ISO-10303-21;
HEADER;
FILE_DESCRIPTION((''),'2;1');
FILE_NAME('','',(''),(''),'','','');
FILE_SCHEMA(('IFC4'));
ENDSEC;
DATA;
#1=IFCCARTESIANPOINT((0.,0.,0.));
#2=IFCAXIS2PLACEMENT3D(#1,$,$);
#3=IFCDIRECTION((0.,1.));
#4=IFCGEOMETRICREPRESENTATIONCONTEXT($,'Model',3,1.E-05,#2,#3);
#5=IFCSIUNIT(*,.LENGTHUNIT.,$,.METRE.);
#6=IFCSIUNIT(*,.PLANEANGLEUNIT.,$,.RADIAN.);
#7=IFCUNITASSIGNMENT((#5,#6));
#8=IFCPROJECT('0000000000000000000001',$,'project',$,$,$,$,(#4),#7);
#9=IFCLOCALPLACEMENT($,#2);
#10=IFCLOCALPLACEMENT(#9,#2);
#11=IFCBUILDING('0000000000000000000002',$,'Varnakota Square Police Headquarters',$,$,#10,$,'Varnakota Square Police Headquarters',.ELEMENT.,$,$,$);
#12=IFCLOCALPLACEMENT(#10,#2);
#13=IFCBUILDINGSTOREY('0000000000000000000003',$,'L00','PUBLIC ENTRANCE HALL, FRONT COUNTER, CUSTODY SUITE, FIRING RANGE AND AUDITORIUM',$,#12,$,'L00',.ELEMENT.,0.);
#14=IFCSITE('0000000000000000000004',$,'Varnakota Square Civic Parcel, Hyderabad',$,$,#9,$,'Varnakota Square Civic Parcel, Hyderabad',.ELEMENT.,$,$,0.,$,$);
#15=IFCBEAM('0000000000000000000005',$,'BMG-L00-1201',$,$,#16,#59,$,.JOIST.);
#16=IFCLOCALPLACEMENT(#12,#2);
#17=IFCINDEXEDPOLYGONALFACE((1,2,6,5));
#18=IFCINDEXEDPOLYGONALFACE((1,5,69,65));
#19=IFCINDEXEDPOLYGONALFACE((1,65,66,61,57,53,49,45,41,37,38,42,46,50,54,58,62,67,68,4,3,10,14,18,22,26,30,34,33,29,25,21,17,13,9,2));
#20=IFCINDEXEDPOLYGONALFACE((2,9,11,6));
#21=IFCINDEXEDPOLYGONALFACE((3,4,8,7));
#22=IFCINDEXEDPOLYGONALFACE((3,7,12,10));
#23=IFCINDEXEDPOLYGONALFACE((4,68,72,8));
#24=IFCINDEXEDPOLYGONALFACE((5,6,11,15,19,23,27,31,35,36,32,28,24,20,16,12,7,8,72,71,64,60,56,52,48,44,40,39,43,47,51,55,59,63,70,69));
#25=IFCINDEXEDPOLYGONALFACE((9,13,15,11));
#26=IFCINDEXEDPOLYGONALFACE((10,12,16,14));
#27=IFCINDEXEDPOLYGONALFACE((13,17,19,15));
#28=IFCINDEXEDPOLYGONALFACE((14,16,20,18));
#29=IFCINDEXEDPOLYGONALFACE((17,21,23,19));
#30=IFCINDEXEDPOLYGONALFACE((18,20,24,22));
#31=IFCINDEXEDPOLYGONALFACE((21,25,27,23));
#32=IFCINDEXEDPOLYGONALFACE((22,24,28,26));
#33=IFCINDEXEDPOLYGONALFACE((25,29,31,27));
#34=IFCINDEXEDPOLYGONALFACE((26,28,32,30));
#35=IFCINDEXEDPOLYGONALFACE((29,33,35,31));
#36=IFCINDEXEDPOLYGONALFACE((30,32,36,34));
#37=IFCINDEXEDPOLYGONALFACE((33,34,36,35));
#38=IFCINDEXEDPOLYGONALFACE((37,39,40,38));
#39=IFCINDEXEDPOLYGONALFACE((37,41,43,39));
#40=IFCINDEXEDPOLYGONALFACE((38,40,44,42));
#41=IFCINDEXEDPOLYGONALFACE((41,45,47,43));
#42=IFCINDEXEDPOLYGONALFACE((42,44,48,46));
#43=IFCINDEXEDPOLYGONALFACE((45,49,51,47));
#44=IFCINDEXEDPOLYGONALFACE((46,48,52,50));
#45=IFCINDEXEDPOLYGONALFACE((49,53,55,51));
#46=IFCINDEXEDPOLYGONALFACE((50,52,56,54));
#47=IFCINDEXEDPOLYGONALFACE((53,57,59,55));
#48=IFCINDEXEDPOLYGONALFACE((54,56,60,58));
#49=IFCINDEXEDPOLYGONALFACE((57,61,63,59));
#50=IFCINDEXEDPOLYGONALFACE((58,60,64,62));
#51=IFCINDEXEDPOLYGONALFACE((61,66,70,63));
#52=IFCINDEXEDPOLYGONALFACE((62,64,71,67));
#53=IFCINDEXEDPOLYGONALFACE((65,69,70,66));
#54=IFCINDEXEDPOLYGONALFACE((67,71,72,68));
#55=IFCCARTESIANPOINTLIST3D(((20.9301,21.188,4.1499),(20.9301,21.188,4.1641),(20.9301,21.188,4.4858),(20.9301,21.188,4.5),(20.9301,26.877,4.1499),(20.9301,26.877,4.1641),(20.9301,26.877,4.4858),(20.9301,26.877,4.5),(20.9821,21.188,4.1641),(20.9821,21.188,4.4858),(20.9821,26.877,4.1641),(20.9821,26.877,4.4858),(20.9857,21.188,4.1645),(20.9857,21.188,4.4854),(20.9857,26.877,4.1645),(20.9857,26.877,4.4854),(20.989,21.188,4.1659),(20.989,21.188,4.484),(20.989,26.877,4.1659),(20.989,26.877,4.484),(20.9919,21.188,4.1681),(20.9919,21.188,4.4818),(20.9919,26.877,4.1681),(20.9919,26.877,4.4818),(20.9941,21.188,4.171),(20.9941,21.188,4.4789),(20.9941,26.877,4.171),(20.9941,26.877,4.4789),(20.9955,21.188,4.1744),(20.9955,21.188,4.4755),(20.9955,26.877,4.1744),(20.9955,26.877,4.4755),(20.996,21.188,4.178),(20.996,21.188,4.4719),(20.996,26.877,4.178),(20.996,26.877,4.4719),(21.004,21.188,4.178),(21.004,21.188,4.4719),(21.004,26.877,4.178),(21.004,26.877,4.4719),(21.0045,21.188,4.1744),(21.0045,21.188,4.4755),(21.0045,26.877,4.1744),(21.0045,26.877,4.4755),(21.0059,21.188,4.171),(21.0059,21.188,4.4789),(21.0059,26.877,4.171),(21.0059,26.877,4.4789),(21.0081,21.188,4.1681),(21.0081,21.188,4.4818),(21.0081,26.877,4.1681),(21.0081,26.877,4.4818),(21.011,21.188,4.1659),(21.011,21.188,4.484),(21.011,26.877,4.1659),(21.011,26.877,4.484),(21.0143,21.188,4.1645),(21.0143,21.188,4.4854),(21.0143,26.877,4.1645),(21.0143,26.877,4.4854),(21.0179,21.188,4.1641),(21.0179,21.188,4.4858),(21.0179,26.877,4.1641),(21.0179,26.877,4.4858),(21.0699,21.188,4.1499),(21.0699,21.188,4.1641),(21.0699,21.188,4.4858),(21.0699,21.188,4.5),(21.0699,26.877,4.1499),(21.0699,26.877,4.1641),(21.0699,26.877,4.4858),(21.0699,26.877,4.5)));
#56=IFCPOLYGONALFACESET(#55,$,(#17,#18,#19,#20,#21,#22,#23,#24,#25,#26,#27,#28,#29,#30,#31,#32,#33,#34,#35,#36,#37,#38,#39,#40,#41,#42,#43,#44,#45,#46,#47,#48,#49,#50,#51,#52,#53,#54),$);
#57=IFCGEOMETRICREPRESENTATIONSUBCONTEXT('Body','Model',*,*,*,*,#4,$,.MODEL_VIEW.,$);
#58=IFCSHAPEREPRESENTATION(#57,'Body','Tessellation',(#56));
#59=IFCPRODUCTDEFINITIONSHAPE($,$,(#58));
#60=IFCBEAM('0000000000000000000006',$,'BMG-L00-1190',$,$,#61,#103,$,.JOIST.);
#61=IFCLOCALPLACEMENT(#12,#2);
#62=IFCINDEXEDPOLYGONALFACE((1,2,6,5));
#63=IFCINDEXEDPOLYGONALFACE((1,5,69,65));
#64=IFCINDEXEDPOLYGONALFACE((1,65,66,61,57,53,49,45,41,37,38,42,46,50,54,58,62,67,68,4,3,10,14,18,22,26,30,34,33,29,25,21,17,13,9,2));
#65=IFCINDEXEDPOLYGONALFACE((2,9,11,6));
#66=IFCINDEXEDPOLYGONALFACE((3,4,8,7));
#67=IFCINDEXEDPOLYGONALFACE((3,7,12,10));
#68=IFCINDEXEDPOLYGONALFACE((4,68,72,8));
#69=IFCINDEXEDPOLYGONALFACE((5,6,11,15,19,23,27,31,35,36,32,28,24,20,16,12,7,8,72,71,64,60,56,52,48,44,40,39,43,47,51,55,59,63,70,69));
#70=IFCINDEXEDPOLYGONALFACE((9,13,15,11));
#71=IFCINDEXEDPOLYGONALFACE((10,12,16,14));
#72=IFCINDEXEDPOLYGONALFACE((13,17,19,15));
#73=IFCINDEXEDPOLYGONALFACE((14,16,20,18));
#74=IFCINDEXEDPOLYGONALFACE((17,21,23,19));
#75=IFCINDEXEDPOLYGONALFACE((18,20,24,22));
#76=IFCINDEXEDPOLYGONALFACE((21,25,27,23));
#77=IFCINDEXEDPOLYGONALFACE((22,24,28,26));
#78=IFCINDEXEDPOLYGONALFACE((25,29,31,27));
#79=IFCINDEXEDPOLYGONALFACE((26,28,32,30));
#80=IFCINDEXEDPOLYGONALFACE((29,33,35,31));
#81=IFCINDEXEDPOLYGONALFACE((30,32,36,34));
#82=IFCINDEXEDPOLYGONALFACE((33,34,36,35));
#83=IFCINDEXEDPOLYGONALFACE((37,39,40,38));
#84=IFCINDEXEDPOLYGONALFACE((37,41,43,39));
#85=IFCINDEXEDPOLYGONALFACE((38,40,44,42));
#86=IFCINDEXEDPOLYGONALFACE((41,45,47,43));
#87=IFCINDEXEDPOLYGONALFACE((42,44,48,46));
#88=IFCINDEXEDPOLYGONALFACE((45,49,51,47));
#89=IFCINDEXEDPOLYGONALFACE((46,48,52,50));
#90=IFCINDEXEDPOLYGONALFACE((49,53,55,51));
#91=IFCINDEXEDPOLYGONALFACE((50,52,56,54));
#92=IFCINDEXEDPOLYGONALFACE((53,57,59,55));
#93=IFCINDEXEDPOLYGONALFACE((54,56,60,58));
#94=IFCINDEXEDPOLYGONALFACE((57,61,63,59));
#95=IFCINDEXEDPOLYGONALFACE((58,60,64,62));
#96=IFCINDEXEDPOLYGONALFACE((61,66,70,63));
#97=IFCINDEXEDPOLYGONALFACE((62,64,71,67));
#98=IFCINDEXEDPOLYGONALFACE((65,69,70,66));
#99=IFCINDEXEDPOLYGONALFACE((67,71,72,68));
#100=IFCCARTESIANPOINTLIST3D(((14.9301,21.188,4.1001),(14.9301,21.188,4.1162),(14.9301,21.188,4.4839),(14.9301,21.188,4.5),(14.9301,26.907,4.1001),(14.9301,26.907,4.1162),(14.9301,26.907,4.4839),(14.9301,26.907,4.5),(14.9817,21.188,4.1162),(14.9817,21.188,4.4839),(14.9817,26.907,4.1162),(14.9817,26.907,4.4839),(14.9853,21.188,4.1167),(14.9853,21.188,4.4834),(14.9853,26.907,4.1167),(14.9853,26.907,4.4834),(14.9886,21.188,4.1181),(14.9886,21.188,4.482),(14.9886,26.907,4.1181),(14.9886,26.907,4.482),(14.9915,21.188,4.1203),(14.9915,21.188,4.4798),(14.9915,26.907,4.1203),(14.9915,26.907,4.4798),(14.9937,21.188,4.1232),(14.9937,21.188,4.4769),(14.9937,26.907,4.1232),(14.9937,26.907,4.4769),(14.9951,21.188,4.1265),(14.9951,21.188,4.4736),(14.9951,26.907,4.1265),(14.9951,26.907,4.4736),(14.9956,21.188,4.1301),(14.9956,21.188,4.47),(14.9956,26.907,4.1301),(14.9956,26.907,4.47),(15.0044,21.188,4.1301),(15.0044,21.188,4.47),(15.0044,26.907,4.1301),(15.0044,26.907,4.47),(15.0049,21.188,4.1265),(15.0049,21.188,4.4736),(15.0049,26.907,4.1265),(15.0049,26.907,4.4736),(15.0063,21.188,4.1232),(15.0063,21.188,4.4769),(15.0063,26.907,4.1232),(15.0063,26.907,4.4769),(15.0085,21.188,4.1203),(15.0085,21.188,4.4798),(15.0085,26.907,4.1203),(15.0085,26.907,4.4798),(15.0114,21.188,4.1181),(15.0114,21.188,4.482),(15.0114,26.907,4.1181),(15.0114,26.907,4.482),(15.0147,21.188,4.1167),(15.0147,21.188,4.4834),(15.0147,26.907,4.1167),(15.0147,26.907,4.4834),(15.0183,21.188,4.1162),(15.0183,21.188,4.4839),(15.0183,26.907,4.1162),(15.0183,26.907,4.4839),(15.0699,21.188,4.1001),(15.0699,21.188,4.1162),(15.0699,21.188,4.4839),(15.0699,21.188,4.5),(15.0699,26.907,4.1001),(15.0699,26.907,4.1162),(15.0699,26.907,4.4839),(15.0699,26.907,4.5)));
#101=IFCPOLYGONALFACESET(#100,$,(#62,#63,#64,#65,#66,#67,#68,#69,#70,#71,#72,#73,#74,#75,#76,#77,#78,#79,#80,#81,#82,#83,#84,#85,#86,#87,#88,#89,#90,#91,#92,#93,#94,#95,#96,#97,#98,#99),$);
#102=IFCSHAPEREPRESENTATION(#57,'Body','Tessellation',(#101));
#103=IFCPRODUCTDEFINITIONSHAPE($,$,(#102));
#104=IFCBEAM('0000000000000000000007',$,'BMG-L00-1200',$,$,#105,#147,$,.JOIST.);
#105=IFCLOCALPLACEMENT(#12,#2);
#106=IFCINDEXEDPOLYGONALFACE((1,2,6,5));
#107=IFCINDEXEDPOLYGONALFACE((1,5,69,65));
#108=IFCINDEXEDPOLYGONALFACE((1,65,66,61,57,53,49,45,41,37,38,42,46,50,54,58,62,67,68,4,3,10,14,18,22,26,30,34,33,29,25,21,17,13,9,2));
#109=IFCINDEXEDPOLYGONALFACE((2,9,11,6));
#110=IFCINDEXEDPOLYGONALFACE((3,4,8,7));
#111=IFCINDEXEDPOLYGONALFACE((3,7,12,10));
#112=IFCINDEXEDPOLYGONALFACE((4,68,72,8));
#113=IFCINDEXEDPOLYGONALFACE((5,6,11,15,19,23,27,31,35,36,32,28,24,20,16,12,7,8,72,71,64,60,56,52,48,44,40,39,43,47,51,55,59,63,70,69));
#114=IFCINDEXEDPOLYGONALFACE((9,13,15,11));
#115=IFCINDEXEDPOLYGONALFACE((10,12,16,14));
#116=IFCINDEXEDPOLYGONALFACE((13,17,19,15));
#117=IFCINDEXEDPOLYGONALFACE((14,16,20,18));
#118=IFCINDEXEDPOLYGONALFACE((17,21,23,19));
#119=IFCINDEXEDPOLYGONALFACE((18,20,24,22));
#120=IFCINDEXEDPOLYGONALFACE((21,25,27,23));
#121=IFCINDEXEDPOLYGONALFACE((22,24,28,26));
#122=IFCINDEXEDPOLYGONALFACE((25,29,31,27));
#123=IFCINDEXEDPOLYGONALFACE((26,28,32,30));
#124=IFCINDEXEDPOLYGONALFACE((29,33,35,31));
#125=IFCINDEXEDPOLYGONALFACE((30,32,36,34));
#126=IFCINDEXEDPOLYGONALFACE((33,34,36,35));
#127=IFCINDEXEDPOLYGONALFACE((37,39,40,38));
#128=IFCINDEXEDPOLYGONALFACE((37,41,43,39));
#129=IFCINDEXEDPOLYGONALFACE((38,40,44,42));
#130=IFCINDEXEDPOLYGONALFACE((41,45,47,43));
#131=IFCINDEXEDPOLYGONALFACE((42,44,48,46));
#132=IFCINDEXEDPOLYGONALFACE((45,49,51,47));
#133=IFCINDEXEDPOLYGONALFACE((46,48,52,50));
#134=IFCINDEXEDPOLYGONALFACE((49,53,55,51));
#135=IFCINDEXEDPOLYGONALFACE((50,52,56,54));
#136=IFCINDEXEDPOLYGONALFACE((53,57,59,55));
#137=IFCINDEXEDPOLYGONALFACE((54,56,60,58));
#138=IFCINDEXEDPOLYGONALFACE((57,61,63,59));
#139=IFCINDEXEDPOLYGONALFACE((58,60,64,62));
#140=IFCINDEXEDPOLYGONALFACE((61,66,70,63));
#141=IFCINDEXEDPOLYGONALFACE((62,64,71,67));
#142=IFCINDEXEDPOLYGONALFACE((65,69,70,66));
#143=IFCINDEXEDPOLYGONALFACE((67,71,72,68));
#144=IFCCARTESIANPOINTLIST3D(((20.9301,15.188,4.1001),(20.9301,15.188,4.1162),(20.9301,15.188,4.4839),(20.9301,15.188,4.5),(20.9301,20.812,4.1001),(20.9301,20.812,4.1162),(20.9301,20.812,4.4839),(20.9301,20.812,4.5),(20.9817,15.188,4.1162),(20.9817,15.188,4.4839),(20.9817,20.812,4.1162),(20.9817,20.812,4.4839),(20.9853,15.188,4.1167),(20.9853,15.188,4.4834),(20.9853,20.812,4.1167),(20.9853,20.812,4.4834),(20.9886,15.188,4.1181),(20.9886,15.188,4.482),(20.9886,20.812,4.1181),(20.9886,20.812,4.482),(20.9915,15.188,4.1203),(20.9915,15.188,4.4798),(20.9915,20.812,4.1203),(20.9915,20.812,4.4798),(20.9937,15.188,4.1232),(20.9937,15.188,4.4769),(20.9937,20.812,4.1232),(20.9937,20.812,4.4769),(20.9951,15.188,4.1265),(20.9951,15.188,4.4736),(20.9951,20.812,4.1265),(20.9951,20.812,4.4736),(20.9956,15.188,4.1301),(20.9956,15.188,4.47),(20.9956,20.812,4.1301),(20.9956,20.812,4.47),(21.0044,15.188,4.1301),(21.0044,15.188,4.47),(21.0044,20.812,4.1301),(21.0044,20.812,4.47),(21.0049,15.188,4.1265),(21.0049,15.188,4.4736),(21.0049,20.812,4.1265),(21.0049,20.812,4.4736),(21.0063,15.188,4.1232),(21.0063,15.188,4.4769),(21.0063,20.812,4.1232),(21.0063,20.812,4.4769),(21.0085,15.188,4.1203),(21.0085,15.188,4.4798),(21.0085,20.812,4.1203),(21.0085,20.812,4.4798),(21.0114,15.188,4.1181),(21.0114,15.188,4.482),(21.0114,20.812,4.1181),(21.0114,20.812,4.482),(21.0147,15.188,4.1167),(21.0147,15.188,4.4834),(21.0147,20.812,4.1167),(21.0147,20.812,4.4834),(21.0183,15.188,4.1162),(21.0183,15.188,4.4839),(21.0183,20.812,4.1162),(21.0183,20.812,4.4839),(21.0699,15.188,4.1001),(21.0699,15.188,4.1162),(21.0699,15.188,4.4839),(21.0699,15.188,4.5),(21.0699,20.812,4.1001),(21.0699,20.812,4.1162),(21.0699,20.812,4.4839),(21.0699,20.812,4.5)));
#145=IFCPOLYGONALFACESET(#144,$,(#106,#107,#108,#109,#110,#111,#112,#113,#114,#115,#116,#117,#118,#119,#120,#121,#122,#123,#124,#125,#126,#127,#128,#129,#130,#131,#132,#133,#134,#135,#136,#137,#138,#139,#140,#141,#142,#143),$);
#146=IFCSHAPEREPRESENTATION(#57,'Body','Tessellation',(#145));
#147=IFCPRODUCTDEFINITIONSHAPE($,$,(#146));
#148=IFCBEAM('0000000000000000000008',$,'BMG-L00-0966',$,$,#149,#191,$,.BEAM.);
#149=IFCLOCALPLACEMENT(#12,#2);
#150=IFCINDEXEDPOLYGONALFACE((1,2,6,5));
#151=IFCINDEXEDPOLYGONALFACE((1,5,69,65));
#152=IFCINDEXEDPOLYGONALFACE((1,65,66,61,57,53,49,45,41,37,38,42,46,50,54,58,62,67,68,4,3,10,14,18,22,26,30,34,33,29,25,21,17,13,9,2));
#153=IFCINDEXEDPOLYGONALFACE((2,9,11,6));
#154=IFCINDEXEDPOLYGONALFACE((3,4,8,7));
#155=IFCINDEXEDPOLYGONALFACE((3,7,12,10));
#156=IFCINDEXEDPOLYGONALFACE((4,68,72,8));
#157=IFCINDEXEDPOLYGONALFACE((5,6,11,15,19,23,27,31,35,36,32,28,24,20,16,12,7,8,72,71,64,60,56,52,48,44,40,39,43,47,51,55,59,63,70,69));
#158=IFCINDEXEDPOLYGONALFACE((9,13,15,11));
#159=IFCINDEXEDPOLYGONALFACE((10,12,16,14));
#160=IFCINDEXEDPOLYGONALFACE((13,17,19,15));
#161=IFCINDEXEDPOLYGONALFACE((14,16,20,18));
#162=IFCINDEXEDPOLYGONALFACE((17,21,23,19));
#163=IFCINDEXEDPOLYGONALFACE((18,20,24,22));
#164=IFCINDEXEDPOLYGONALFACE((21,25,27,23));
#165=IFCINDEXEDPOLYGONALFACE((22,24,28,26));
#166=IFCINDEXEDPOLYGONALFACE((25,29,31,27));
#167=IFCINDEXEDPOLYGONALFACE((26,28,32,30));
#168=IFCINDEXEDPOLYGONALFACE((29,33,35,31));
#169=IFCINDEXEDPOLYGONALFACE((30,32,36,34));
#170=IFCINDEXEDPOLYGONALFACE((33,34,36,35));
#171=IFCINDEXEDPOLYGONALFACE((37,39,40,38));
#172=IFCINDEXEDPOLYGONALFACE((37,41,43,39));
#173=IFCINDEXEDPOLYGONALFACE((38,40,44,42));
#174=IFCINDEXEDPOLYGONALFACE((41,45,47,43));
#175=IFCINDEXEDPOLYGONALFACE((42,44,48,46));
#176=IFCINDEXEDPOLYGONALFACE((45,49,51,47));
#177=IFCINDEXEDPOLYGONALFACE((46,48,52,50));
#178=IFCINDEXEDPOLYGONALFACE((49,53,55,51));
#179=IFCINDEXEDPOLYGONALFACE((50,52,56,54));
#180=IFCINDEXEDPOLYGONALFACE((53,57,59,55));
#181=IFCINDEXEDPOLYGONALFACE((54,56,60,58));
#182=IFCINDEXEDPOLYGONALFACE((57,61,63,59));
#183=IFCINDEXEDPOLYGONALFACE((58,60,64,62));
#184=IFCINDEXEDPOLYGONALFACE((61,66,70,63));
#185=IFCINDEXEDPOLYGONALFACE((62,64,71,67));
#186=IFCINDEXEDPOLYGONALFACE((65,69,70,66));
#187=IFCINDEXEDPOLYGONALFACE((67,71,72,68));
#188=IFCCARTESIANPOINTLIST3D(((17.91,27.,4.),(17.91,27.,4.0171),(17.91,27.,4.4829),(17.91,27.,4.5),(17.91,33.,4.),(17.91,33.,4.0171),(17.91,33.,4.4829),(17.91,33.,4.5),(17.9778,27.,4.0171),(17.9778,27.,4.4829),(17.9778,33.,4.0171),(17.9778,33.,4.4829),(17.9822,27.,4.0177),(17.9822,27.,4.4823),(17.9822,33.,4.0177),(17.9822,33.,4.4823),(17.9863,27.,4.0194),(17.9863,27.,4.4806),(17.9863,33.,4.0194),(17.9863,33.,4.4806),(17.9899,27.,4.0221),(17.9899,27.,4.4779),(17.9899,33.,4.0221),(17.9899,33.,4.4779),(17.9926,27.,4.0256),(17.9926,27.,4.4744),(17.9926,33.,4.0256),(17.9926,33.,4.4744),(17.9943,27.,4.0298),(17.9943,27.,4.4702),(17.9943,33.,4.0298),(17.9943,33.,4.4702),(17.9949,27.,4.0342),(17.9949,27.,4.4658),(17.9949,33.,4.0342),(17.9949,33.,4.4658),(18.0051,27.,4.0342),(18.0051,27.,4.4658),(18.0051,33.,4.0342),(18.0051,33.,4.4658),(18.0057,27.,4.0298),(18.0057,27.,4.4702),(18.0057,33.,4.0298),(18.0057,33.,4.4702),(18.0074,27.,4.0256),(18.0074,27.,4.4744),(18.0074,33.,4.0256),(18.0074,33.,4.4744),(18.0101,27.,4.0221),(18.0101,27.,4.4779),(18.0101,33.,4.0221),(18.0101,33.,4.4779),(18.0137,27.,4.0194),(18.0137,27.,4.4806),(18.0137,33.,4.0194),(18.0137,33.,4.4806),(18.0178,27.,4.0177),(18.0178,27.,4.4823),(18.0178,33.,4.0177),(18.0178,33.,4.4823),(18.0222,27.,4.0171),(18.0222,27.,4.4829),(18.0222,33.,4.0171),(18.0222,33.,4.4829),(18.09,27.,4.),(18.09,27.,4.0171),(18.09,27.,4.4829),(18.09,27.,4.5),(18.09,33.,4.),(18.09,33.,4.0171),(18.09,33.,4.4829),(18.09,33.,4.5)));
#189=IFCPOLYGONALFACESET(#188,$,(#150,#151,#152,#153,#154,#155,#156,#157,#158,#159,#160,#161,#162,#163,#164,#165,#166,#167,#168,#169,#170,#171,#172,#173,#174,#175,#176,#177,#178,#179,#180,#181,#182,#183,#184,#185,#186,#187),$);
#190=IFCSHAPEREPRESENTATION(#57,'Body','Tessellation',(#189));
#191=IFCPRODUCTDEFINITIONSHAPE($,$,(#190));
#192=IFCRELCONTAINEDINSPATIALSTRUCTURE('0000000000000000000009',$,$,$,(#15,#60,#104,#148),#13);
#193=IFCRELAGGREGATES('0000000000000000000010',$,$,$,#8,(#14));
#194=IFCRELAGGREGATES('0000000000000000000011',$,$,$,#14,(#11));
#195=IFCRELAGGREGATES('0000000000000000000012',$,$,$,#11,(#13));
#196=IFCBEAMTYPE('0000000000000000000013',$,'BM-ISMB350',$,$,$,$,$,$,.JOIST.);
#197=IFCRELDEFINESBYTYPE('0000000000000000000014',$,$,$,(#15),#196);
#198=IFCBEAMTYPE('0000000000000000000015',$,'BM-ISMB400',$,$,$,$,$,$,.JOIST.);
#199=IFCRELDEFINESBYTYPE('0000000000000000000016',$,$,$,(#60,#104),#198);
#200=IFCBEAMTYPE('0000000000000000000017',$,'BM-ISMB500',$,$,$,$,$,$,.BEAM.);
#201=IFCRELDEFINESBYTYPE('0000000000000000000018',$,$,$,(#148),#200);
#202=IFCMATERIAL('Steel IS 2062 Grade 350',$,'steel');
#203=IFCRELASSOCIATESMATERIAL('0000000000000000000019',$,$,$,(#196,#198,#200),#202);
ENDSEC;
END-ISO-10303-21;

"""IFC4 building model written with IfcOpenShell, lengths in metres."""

from ifc_helpers import new_model, si_unit, direction, frame, origin, origin_2d, place, context, subcontext, project, spatial, i_section, extrude, material, material_profile, profile_set, type_object, element, save


model = new_model("IFC4")

# Units and contexts
model_context = context("Model", 3, precision=1e-05, world=origin(), true_north=direction((0.0, 1.0)))
body_context = subcontext(model_context, "Body", "Model", "MODEL_VIEW")
ifc_project = project(units=[si_unit("LENGTHUNIT", "METRE"), si_unit("PLANEANGLEUNIT", "RADIAN")], contexts=[model_context])

# Site, building, storey
site_placement = place(None, origin())
site = spatial("IfcSite", under=ifc_project, at=site_placement, Name="Varnakota Square Civic Parcel, Hyderabad", LongName="Varnakota Square Civic Parcel, Hyderabad", CompositionType="ELEMENT", RefElevation=0.0)
building_placement = place(site_placement, origin())
building = spatial("IfcBuilding", under=site, at=building_placement, Name="Varnakota Square Police Headquarters", LongName="Varnakota Square Police Headquarters", CompositionType="ELEMENT")
storey_placement = place(building_placement, origin())
storey = spatial("IfcBuildingStorey", under=building, at=storey_placement, Name="L00", Description="PUBLIC ENTRANCE HALL, FRONT COUNTER, CUSTODY SUITE, FIRING RANGE AND AUDITORIUM", LongName="L00", CompositionType="ELEMENT", Elevation=0.0)

# Beams
ifc_material_1 = material(Name="Steel IS 2062 Grade 350", Category="steel")
ifc_material_profile_1 = material_profile(ifc_material_1, i_section(OverallWidth=0.1399, OverallDepth=0.3501, WebThickness=0.0081, FlangeThickness=0.0142, FilletRadius=0.0139, at=origin_2d()), Name="ISMB 350")
ifc_profile_set_1 = profile_set([ifc_material_profile_1], Name="Steel IS 2062 Grade 350")
beam_type_1 = type_object("IfcBeamType", Name="BM-ISMB350", PredefinedType="JOIST", material=ifc_profile_set_1)
beam_1_placement = place(storey_placement, frame((21.0, 21.188, 4.325), z_axis=(0.0, 1.0, 0.0), x_axis=(-1.0, 0.0, 0.0)))
element("IfcBeam", 1, at=beam_1_placement, inside=storey, type_object=beam_type_1, Name="BMG-L00-1201", PredefinedType="JOIST", context=body_context, shape_type="SweptSolid", body=[
    extrude(i_section(OverallWidth=0.1399, OverallDepth=0.3501, WebThickness=0.0081, FlangeThickness=0.0142, FilletRadius=0.0139, at=origin_2d()), origin(), (0.0, 0.0, 1.0), 5.689),
])
ifc_material_profile_2 = material_profile(ifc_material_1, i_section(OverallWidth=0.1399, OverallDepth=0.3999, WebThickness=0.0088, FlangeThickness=0.0161, FilletRadius=0.0139, at=origin_2d()), Name="ISMB 400")
ifc_profile_set_2 = profile_set([ifc_material_profile_2], Name="Steel IS 2062 Grade 350")
beam_type_2 = type_object("IfcBeamType", Name="BM-ISMB400", PredefinedType="JOIST", material=ifc_profile_set_2)
beam_2_placement = place(storey_placement, frame((15.0, 21.188, 4.3), z_axis=(0.0, 1.0, 0.0), x_axis=(-1.0, 0.0, 0.0)))
element("IfcBeam", 2, at=beam_2_placement, inside=storey, type_object=beam_type_2, Name="BMG-L00-1190", PredefinedType="JOIST", context=body_context, shape_type="SweptSolid", body=[
    extrude(i_section(OverallWidth=0.1399, OverallDepth=0.3999, WebThickness=0.0088, FlangeThickness=0.0161, FilletRadius=0.0139, at=origin_2d()), origin(), (0.0, 0.0, 1.0), 5.719),
])
beam_3_placement = place(storey_placement, frame((21.0, 15.188, 4.3), z_axis=(0.0, 1.0, 0.0), x_axis=(-1.0, 0.0, 0.0)))
element("IfcBeam", 3, at=beam_3_placement, inside=storey, type_object=beam_type_2, Name="BMG-L00-1200", PredefinedType="JOIST", context=body_context, shape_type="SweptSolid", body=[
    extrude(i_section(OverallWidth=0.1399, OverallDepth=0.3999, WebThickness=0.0088, FlangeThickness=0.0161, FilletRadius=0.0139, at=origin_2d()), origin(), (0.0, 0.0, 1.0), 5.624),
])
ifc_material_profile_3 = material_profile(ifc_material_1, i_section(OverallWidth=0.1799, OverallDepth=0.5, WebThickness=0.0103, FlangeThickness=0.0171, FilletRadius=0.0171, at=origin_2d()), Name="ISMB 500")
ifc_profile_set_3 = profile_set([ifc_material_profile_3], Name="Steel IS 2062 Grade 350")
beam_type_3 = type_object("IfcBeamType", Name="BM-ISMB500", PredefinedType="BEAM", material=ifc_profile_set_3)
beam_4_placement = place(storey_placement, frame((18.0, 27.0, 4.25), z_axis=(0.0, 1.0, 0.0), x_axis=(-1.0, 0.0, 0.0)))
element("IfcBeam", 4, at=beam_4_placement, inside=storey, type_object=beam_type_3, Name="BMG-L00-0966", PredefinedType="BEAM", context=body_context, shape_type="SweptSolid", body=[
    extrude(i_section(OverallWidth=0.1799, OverallDepth=0.5, WebThickness=0.0103, FlangeThickness=0.0171, FilletRadius=0.0171, at=origin_2d()), origin(), (0.0, 0.0, 1.0), 6.0),
])

save(model, "model.ifc")
